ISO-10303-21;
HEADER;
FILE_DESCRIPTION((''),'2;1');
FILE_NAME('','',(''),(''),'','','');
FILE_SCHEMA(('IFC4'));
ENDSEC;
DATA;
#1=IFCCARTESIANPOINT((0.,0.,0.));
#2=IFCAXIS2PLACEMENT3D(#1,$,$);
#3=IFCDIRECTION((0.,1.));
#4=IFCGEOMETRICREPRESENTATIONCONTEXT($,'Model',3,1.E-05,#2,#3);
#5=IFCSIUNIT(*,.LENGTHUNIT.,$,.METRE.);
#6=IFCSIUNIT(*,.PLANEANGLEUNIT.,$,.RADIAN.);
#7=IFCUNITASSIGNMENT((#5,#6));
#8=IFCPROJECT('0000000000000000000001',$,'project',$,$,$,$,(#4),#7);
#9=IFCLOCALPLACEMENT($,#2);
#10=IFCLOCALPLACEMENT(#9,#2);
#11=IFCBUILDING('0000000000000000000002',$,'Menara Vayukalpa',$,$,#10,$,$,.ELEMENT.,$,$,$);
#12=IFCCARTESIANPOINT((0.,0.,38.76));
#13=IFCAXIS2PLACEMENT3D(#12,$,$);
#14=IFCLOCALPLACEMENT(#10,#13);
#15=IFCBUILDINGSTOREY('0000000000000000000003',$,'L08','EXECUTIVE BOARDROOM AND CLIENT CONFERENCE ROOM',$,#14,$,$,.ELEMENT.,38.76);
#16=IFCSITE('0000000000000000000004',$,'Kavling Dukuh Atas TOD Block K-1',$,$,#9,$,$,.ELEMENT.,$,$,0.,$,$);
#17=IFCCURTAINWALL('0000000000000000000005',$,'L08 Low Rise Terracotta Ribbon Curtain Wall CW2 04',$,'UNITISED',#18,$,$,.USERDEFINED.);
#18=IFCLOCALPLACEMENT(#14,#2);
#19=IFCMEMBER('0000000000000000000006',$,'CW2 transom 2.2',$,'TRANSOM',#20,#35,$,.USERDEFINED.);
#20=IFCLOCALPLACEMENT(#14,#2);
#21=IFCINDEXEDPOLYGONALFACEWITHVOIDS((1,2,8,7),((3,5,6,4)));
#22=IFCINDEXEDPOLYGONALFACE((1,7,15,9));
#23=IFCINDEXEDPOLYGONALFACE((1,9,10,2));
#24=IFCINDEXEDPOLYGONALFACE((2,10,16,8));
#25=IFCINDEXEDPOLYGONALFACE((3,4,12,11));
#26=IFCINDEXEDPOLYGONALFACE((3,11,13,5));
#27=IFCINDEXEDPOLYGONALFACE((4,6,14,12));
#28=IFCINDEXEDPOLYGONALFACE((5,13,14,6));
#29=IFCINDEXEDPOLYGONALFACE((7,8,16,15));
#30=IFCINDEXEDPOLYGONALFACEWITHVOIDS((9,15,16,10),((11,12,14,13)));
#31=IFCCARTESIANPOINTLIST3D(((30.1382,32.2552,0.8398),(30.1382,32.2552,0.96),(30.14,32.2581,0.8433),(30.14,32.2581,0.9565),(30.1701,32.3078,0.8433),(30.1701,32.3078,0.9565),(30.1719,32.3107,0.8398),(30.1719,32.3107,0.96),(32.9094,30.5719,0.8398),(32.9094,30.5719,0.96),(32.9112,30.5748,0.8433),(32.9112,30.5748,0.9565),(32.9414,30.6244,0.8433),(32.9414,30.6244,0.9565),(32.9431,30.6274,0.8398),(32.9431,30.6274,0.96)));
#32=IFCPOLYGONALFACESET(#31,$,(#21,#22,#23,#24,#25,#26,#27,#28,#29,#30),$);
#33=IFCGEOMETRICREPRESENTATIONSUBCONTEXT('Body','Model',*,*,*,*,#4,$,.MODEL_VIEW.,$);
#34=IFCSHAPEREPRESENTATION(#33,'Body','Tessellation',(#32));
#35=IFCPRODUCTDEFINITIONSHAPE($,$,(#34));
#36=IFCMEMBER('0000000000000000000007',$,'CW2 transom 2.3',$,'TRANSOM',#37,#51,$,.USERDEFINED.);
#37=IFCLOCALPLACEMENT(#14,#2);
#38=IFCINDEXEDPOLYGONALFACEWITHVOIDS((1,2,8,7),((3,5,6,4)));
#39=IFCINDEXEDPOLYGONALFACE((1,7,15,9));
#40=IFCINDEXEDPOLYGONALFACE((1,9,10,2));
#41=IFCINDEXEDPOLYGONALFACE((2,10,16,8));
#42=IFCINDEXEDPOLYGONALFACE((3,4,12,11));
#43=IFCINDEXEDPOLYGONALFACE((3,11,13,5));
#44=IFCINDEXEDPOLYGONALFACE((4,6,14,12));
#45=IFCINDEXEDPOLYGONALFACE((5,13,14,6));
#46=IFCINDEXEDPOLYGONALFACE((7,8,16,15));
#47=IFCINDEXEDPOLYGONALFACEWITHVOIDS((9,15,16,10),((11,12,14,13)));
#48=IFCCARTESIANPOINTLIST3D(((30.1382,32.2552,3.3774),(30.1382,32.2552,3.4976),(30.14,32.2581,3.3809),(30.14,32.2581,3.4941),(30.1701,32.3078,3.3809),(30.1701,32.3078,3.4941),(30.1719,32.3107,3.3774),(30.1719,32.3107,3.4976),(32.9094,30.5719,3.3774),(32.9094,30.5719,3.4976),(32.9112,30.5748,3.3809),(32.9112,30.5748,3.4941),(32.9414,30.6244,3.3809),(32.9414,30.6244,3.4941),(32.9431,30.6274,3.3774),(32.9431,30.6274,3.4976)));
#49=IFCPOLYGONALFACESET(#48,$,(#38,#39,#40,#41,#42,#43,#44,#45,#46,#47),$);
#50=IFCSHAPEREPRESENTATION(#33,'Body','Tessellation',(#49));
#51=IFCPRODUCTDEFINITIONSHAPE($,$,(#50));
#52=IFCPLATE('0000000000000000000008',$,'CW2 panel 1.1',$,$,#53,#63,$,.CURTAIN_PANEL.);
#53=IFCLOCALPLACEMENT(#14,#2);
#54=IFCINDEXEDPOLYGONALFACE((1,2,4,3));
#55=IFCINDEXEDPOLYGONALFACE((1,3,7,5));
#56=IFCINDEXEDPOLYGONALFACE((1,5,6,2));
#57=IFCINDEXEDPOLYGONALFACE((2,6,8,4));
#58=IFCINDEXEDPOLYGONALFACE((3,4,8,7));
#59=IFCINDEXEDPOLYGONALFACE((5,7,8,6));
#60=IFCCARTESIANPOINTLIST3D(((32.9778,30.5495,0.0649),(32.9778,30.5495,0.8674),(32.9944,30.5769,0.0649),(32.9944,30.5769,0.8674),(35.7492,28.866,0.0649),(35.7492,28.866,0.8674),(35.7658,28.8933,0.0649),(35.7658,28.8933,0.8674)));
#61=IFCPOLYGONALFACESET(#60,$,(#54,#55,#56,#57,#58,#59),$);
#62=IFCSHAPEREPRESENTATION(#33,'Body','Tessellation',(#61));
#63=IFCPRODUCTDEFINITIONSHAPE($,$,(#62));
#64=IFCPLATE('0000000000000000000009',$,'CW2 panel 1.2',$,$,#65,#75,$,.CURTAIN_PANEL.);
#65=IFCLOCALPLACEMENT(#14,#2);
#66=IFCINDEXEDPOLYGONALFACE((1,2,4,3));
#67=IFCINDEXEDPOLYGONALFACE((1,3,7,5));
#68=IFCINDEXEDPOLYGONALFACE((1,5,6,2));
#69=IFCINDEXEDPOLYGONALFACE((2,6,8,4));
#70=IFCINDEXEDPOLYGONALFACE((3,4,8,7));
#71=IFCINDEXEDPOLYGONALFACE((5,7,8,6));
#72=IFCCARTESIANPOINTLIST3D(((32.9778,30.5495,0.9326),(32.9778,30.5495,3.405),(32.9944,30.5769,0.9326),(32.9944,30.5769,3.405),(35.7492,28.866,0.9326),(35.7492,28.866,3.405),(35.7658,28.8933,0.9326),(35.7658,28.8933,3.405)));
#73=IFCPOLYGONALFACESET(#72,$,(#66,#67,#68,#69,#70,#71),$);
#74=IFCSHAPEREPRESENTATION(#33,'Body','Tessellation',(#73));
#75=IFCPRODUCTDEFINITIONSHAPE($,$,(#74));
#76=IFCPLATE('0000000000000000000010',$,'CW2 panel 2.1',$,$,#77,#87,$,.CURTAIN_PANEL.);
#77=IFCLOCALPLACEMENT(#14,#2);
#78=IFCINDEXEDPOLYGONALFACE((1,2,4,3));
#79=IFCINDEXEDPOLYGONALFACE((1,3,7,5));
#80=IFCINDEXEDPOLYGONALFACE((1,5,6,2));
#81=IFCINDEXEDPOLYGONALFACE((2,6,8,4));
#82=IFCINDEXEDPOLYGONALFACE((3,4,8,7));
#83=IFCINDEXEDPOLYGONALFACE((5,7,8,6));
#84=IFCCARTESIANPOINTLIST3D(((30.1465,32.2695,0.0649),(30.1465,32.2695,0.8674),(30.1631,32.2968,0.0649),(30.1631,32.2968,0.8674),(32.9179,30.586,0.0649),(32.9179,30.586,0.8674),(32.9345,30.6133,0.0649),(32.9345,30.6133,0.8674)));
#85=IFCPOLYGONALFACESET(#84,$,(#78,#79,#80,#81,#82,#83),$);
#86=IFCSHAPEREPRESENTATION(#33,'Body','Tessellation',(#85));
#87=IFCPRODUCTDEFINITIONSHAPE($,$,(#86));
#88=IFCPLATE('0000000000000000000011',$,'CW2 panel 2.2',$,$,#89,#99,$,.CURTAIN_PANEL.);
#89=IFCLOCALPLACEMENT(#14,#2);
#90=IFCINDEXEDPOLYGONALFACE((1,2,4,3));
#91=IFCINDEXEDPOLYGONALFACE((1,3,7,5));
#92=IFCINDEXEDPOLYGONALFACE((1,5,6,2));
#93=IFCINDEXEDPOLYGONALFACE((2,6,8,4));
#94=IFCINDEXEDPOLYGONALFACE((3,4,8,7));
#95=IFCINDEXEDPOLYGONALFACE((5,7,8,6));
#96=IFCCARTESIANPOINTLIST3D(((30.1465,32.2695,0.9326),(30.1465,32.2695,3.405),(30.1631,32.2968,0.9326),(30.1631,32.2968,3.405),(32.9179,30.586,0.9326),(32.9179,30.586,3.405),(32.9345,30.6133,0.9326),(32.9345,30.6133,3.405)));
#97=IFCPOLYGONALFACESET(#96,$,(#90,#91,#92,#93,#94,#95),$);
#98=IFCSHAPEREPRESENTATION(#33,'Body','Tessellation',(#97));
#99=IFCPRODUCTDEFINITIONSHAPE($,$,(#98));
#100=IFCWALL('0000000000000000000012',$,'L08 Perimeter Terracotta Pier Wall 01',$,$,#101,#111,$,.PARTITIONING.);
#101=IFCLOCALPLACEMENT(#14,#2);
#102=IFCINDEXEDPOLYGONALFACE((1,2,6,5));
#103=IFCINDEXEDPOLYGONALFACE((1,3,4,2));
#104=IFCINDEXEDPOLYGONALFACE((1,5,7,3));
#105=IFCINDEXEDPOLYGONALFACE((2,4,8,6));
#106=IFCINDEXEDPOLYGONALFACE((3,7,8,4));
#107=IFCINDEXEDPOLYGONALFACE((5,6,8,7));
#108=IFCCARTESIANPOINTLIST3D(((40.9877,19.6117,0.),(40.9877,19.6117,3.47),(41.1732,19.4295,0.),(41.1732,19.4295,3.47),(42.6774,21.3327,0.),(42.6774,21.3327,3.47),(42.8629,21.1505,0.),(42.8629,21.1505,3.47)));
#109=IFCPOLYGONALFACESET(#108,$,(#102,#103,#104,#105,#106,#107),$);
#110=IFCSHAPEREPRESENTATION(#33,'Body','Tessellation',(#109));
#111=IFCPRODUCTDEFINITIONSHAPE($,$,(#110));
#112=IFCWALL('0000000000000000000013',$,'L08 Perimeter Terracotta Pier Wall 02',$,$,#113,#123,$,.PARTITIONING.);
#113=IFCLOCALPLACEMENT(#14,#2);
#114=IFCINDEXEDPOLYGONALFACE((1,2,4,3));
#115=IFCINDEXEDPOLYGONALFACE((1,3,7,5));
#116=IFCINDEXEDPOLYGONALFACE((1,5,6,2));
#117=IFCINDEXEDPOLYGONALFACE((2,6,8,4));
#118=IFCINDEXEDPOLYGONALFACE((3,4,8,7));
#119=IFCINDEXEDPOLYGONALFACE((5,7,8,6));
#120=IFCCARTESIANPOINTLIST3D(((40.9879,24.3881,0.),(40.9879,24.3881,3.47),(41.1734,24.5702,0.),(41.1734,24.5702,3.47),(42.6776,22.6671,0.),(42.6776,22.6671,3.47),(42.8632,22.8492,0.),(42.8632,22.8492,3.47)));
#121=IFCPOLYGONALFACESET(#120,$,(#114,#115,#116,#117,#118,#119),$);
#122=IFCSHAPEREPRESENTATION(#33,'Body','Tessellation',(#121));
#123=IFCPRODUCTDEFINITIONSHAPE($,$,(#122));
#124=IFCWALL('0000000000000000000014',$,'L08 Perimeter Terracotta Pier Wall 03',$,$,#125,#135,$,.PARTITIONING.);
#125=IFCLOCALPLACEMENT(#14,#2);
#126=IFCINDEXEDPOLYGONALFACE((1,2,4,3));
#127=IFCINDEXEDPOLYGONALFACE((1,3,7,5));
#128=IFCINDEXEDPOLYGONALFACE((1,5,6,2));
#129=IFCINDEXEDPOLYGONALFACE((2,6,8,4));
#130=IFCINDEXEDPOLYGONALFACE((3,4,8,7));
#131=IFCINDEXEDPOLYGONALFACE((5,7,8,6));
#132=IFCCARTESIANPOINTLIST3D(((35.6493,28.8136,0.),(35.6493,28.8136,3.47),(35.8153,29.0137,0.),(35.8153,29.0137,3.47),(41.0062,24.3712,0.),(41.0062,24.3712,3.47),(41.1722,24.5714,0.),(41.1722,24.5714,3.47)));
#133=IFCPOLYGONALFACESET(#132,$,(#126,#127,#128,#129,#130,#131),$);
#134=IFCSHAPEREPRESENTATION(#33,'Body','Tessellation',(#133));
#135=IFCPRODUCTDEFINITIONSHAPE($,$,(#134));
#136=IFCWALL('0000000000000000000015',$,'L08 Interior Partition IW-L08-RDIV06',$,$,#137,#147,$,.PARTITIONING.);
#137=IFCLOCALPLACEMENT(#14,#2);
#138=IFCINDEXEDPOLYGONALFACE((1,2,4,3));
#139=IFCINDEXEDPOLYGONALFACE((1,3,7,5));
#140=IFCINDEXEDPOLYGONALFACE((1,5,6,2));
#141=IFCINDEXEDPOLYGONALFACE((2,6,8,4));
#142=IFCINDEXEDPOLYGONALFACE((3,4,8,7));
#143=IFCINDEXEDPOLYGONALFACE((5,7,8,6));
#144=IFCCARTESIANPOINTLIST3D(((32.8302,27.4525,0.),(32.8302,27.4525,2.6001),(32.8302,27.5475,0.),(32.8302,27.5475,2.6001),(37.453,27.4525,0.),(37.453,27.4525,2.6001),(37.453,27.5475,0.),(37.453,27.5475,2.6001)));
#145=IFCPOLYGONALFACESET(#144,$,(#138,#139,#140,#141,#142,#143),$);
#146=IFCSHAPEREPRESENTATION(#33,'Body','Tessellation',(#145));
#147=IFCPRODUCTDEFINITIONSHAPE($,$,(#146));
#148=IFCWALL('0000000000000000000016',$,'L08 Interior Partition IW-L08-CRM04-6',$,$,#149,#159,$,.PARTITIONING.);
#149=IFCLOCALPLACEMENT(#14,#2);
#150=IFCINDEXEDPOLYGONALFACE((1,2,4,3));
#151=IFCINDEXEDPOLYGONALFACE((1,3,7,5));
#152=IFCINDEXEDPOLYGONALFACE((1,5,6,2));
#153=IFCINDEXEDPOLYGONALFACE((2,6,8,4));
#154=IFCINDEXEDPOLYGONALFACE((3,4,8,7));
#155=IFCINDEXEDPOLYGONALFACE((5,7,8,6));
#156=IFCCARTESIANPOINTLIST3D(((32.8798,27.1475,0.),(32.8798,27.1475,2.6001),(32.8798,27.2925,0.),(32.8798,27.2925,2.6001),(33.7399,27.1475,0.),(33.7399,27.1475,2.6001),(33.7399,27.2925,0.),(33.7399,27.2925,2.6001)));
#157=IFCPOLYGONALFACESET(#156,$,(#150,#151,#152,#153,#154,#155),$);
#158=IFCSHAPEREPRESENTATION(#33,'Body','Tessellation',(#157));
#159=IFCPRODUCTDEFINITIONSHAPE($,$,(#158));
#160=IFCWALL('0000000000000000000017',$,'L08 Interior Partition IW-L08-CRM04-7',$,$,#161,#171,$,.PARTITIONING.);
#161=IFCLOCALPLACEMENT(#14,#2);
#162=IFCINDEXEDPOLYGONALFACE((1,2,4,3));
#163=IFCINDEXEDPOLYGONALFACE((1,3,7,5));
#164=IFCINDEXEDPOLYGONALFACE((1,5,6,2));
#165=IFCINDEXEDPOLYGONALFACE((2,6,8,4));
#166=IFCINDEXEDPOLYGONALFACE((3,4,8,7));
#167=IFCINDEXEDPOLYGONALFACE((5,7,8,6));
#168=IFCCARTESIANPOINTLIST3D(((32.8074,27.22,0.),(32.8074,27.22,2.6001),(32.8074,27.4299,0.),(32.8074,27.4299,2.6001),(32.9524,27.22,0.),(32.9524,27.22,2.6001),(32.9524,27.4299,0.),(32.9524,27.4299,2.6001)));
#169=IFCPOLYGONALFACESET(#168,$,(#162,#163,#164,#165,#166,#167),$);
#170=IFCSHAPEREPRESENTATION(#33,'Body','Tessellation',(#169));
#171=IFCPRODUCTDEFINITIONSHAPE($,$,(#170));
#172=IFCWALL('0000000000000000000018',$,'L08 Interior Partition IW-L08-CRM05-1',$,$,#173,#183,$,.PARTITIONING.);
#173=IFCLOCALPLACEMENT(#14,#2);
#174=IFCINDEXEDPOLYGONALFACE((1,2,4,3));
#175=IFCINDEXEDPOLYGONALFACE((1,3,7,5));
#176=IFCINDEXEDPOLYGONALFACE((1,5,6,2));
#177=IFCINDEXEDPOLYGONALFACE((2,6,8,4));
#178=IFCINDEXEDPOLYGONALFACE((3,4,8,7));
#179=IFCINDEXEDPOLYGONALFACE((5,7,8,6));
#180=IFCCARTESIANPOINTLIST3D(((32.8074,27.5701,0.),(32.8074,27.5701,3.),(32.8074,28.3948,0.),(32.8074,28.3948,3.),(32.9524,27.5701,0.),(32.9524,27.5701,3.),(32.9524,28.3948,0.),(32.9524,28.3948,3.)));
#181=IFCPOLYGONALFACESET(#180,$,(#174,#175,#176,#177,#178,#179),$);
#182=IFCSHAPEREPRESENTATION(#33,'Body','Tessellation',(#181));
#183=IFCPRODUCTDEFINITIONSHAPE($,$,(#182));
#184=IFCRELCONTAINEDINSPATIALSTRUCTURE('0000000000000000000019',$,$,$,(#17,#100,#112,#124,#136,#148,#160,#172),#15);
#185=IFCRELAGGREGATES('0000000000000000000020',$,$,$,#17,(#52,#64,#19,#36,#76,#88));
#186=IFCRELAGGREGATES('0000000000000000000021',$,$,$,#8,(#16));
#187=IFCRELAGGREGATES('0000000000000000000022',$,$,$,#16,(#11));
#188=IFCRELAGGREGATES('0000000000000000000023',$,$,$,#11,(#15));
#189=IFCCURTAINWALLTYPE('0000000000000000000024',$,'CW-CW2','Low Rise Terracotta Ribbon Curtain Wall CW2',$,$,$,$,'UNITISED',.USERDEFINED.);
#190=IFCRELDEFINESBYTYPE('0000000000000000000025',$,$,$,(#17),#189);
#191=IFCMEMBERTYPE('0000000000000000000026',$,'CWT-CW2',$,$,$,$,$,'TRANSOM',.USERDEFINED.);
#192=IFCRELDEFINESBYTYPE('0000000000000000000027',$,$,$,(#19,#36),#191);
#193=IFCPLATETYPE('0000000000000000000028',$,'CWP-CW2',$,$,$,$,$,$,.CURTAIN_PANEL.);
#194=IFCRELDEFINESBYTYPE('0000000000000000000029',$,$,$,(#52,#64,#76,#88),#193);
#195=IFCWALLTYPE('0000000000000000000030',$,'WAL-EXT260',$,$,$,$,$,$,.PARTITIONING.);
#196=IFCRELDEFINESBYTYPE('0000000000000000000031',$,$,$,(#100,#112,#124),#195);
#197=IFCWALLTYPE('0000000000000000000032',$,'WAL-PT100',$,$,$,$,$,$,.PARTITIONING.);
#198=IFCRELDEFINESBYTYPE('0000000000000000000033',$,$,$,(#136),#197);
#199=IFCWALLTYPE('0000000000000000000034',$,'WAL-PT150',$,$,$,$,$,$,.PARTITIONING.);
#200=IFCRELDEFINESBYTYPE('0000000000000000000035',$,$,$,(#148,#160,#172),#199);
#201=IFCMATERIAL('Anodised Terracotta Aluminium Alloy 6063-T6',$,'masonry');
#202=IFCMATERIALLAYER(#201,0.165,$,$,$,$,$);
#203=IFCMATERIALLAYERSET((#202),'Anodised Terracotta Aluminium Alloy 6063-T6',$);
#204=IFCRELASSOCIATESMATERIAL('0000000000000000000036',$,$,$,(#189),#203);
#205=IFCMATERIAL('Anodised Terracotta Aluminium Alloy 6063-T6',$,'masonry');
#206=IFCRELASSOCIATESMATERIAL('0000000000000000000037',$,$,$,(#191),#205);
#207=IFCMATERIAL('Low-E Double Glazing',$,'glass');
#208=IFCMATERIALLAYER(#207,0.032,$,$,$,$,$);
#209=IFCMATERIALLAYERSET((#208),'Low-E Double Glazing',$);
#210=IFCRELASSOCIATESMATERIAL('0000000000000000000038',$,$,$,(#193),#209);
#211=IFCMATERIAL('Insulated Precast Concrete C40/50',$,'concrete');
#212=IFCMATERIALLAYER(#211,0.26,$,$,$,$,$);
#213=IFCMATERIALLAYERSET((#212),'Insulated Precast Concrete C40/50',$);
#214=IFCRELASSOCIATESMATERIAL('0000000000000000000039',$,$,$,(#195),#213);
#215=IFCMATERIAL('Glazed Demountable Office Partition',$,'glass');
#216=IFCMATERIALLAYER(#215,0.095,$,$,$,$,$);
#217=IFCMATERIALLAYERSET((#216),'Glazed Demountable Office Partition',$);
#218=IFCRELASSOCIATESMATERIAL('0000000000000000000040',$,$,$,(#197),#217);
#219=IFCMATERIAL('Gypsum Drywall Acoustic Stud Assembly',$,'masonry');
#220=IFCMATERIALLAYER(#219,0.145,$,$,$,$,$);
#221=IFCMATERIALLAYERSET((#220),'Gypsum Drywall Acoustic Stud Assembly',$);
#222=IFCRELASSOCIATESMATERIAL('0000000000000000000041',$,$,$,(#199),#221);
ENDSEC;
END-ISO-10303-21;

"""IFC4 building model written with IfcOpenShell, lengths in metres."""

from ifc_helpers import new_model, si_unit, direction, frame, frame_2d, origin, origin_2d, place, context, subcontext, project, spatial, rectangle, hollow_rectangle, extrude, material, layer, layer_set, material_profile, profile_set, type_object, element, aggregate, save


model = new_model("IFC4")

# Units and contexts
model_context = context("Model", 3, precision=1e-05, world=origin(), true_north=direction((0.0, 1.0)))
body_context = subcontext(model_context, "Body", "Model", "MODEL_VIEW")
ifc_project = project(units=[si_unit("LENGTHUNIT", "METRE"), si_unit("PLANEANGLEUNIT", "RADIAN")], contexts=[model_context])

# Site, building, storey
site_placement = place(None, origin())
site = spatial("IfcSite", under=ifc_project, at=site_placement, Name="Kavling Dukuh Atas TOD Block K-1", CompositionType="ELEMENT", RefElevation=0.0)
building_placement = place(site_placement, origin())
building = spatial("IfcBuilding", under=site, at=building_placement, Name="Menara Vayukalpa", CompositionType="ELEMENT")
storey_placement = place(building_placement, frame((0.0, 0.0, 38.76)))
storey = spatial("IfcBuildingStorey", under=building, at=storey_placement, Name="L08", Description="EXECUTIVE BOARDROOM AND CLIENT CONFERENCE ROOM", CompositionType="ELEMENT", Elevation=38.76)

# Curtain wall, members, plates
ifc_material_1 = material(Name="Anodised Terracotta Aluminium Alloy 6063-T6", Category="masonry")
ifc_layer_1 = layer(ifc_material_1, 0.165)
ifc_layer_set_1 = layer_set([ifc_layer_1], Name="Anodised Terracotta Aluminium Alloy 6063-T6")
curtain_wall_type = type_object("IfcCurtainWallType", Name="CW-CW2", Description="Low Rise Terracotta Ribbon Curtain Wall CW2", ElementType="UNITISED", PredefinedType="USERDEFINED", material=ifc_layer_set_1)
curtain_wall_placement = place(storey_placement, origin())
curtain_wall = element("IfcCurtainWall", 1, at=curtain_wall_placement, inside=storey, type_object=curtain_wall_type, Name="L08 Low Rise Terracotta Ribbon Curtain Wall CW2 04", ObjectType="UNITISED", PredefinedType="USERDEFINED")
ifc_material_2 = material(Name="Anodised Terracotta Aluminium Alloy 6063-T6", Category="masonry")
ifc_material_profile_1 = material_profile(ifc_material_2, hollow_rectangle(XDim=0.0649, YDim=0.1201, WallThickness=0.0034, at=origin_2d()), Name="ALU 65x120x3.5")
ifc_profile_set_1 = profile_set([ifc_material_profile_1], Name="Anodised Terracotta Aluminium Alloy 6063-T6")
member_type_1 = type_object("IfcMemberType", Name="CWT-CW2", ElementType="TRANSOM", PredefinedType="USERDEFINED", material=ifc_profile_set_1)
member_1_placement = place(storey_placement, frame((32.9263, 30.5996, 0.8999), z_axis=(-0.854677, 0.519161, 0.0), x_axis=(-0.519161, -0.854677, 0.0)))
member_1 = element("IfcMember", 2, at=member_1_placement, type_object=member_type_1, Name="CW2 transom 2.2", ObjectType="TRANSOM", PredefinedType="USERDEFINED", context=body_context, shape_type="SweptSolid", body=[
    extrude(hollow_rectangle(XDim=0.0649, YDim=0.1201, WallThickness=0.0034, at=origin_2d()), origin(), (0.0, 0.0, 1.0), 3.2424),
])
member_2_placement = place(storey_placement, frame((32.9263, 30.5996, 3.4375), z_axis=(-0.854677, 0.519161, 0.0), x_axis=(-0.519161, -0.854677, 0.0)))
member_2 = element("IfcMember", 3, at=member_2_placement, type_object=member_type_1, Name="CW2 transom 2.3", ObjectType="TRANSOM", PredefinedType="USERDEFINED", context=body_context, shape_type="SweptSolid", body=[
    extrude(hollow_rectangle(XDim=0.0649, YDim=0.1201, WallThickness=0.0034, at=origin_2d()), origin(), (0.0, 0.0, 1.0), 3.2424),
])
ifc_material_3 = material(Name="Low-E Double Glazing", Category="glass")
ifc_layer_2 = layer(ifc_material_3, 0.032)
ifc_layer_set_2 = layer_set([ifc_layer_2], Name="Low-E Double Glazing")
plate_type = type_object("IfcPlateType", Name="CWP-CW2", PredefinedType="CURTAIN_PANEL", material=ifc_layer_set_2)
plate_1_placement = place(storey_placement, frame((34.3718, 29.7214, 0.0649), z_axis=(0.0, 0.0, 1.0), x_axis=(-0.854664, 0.519182, 0.0)))
plate_1 = element("IfcPlate", 4, at=plate_1_placement, type_object=plate_type, Name="CW2 panel 1.1", PredefinedType="CURTAIN_PANEL", context=body_context, shape_type="SweptSolid", body=[
    extrude(rectangle(XDim=3.2427, YDim=0.032, at=origin_2d()), origin(), (0.0, 0.0, 1.0), 0.8025),
])
plate_2_placement = place(storey_placement, frame((34.3718, 29.7214, 0.9326), z_axis=(0.0, 0.0, 1.0), x_axis=(-0.854664, 0.519182, 0.0)))
plate_2 = element("IfcPlate", 5, at=plate_2_placement, type_object=plate_type, Name="CW2 panel 1.2", PredefinedType="CURTAIN_PANEL", context=body_context, shape_type="SweptSolid", body=[
    extrude(rectangle(XDim=3.2427, YDim=0.032, at=origin_2d()), origin(), (0.0, 0.0, 1.0), 2.4724),
])
plate_3_placement = place(storey_placement, frame((31.5405, 31.4414, 0.0649), z_axis=(0.0, 0.0, 1.0), x_axis=(-0.854664, 0.519182, 0.0)))
plate_3 = element("IfcPlate", 6, at=plate_3_placement, type_object=plate_type, Name="CW2 panel 2.1", PredefinedType="CURTAIN_PANEL", context=body_context, shape_type="SweptSolid", body=[
    extrude(rectangle(XDim=3.2427, YDim=0.032, at=origin_2d()), origin(), (0.0, 0.0, 1.0), 0.8025),
])
plate_4_placement = place(storey_placement, frame((31.5405, 31.4414, 0.9326), z_axis=(0.0, 0.0, 1.0), x_axis=(-0.854664, 0.519182, 0.0)))
plate_4 = element("IfcPlate", 7, at=plate_4_placement, type_object=plate_type, Name="CW2 panel 2.2", PredefinedType="CURTAIN_PANEL", context=body_context, shape_type="SweptSolid", body=[
    extrude(rectangle(XDim=3.2427, YDim=0.032, at=origin_2d()), origin(), (0.0, 0.0, 1.0), 2.4724),
])
aggregate(curtain_wall, [plate_1, plate_2, member_1, member_2, plate_3, plate_4])

# Walls
ifc_material_4 = material(Name="Insulated Precast Concrete C40/50", Category="concrete")
ifc_layer_3 = layer(ifc_material_4, 0.26)
ifc_layer_set_3 = layer_set([ifc_layer_3], Name="Insulated Precast Concrete C40/50")
wall_type_1 = type_object("IfcWallType", Name="WAL-EXT260", PredefinedType="PARTITIONING", material=ifc_layer_set_3)
for number, where, z_axis, x_axis, name in (
    (8, (42.7703, 21.2417, 0.0), (0.0, 0.0, 1.0), (-0.700599, -0.713556, 0.0), "L08 Perimeter Terracotta Pier Wall 01"),
    (9, (41.0806, 24.4792, 0.0), (0.0, 0.0, 1.0), (0.700599, -0.713556, 0.0), "L08 Perimeter Terracotta Pier Wall 02"),
):
    element("IfcWall", number, at=place(storey_placement, frame(where, z_axis=z_axis, x_axis=x_axis)), inside=storey, type_object=wall_type_1, Name=name, PredefinedType="PARTITIONING", context=body_context, shape_type="SweptSolid", body=[
        extrude(rectangle(XDim=2.4119, YDim=0.26, at=frame_2d((1.2061, 0.0))), origin(), (0.0, 0.0, 1.0), 3.47),
    ])
wall_1_placement = place(storey_placement, frame((35.7324, 28.9136, 0.0), z_axis=(0.0, 0.0, 1.0), x_axis=(0.769755, -0.63834, 0.0)))
element("IfcWall", 10, at=wall_1_placement, inside=storey, type_object=wall_type_1, Name="L08 Perimeter Terracotta Pier Wall 03", PredefinedType="PARTITIONING", context=body_context, shape_type="SweptSolid", body=[
    extrude(rectangle(XDim=6.9592, YDim=0.26, at=frame_2d((3.4795, 0.0))), origin(), (0.0, 0.0, 1.0), 3.47),
])
ifc_material_5 = material(Name="Glazed Demountable Office Partition", Category="glass")
ifc_layer_4 = layer(ifc_material_5, 0.095)
ifc_layer_set_4 = layer_set([ifc_layer_4], Name="Glazed Demountable Office Partition")
wall_type_2 = type_object("IfcWallType", Name="WAL-PT100", PredefinedType="PARTITIONING", material=ifc_layer_set_4)
wall_2_placement = place(storey_placement, frame((32.8301, 27.5, 0.0), z_axis=(0.0, 0.0, 1.0), x_axis=(1.0, 0.0, 0.0)))
element("IfcWall", 11, at=wall_2_placement, inside=storey, type_object=wall_type_2, Name="L08 Interior Partition IW-L08-RDIV06", PredefinedType="PARTITIONING", context=body_context, shape_type="SweptSolid", body=[
    extrude(rectangle(XDim=4.6228, YDim=0.095, at=frame_2d((2.3115, 0.0))), origin(), (0.0, 0.0, 1.0), 2.6001),
])
ifc_material_6 = material(Name="Gypsum Drywall Acoustic Stud Assembly", Category="masonry")
ifc_layer_5 = layer(ifc_material_6, 0.145)
ifc_layer_set_5 = layer_set([ifc_layer_5], Name="Gypsum Drywall Acoustic Stud Assembly")
wall_type_3 = type_object("IfcWallType", Name="WAL-PT150", PredefinedType="PARTITIONING", material=ifc_layer_set_5)
wall_3_placement = place(storey_placement, frame((33.74, 27.22, 0.0), z_axis=(0.0, 0.0, 1.0), x_axis=(-1.0, 0.0, 0.0)))
element("IfcWall", 12, at=wall_3_placement, inside=storey, type_object=wall_type_3, Name="L08 Interior Partition IW-L08-CRM04-6", PredefinedType="PARTITIONING", context=body_context, shape_type="SweptSolid", body=[
    extrude(rectangle(XDim=0.8601, YDim=0.145, at=frame_2d((0.4302, 0.0))), origin(), (0.0, 0.0, 1.0), 2.6001),
])
wall_4_placement = place(storey_placement, frame((32.8799, 27.22, 0.0), z_axis=(0.0, 0.0, 1.0), x_axis=(0.0, 1.0, 0.0)))
element("IfcWall", 13, at=wall_4_placement, inside=storey, type_object=wall_type_3, Name="L08 Interior Partition IW-L08-CRM04-7", PredefinedType="PARTITIONING", context=body_context, shape_type="SweptSolid", body=[
    extrude(rectangle(XDim=0.21, YDim=0.145, at=frame_2d((0.105, 0.0))), origin(), (0.0, 0.0, 1.0), 2.6001),
])
wall_5_placement = place(storey_placement, frame((32.8799, 27.5701, 0.0), z_axis=(0.0, 0.0, 1.0), x_axis=(0.0, 1.0, 0.0)))
element("IfcWall", 14, at=wall_5_placement, inside=storey, type_object=wall_type_3, Name="L08 Interior Partition IW-L08-CRM05-1", PredefinedType="PARTITIONING", context=body_context, shape_type="SweptSolid", body=[
    extrude(rectangle(XDim=0.8247, YDim=0.145, at=frame_2d((0.4124, 0.0))), origin(), (0.0, 0.0, 1.0), 3.0),
])

save(model, "model.ifc")
